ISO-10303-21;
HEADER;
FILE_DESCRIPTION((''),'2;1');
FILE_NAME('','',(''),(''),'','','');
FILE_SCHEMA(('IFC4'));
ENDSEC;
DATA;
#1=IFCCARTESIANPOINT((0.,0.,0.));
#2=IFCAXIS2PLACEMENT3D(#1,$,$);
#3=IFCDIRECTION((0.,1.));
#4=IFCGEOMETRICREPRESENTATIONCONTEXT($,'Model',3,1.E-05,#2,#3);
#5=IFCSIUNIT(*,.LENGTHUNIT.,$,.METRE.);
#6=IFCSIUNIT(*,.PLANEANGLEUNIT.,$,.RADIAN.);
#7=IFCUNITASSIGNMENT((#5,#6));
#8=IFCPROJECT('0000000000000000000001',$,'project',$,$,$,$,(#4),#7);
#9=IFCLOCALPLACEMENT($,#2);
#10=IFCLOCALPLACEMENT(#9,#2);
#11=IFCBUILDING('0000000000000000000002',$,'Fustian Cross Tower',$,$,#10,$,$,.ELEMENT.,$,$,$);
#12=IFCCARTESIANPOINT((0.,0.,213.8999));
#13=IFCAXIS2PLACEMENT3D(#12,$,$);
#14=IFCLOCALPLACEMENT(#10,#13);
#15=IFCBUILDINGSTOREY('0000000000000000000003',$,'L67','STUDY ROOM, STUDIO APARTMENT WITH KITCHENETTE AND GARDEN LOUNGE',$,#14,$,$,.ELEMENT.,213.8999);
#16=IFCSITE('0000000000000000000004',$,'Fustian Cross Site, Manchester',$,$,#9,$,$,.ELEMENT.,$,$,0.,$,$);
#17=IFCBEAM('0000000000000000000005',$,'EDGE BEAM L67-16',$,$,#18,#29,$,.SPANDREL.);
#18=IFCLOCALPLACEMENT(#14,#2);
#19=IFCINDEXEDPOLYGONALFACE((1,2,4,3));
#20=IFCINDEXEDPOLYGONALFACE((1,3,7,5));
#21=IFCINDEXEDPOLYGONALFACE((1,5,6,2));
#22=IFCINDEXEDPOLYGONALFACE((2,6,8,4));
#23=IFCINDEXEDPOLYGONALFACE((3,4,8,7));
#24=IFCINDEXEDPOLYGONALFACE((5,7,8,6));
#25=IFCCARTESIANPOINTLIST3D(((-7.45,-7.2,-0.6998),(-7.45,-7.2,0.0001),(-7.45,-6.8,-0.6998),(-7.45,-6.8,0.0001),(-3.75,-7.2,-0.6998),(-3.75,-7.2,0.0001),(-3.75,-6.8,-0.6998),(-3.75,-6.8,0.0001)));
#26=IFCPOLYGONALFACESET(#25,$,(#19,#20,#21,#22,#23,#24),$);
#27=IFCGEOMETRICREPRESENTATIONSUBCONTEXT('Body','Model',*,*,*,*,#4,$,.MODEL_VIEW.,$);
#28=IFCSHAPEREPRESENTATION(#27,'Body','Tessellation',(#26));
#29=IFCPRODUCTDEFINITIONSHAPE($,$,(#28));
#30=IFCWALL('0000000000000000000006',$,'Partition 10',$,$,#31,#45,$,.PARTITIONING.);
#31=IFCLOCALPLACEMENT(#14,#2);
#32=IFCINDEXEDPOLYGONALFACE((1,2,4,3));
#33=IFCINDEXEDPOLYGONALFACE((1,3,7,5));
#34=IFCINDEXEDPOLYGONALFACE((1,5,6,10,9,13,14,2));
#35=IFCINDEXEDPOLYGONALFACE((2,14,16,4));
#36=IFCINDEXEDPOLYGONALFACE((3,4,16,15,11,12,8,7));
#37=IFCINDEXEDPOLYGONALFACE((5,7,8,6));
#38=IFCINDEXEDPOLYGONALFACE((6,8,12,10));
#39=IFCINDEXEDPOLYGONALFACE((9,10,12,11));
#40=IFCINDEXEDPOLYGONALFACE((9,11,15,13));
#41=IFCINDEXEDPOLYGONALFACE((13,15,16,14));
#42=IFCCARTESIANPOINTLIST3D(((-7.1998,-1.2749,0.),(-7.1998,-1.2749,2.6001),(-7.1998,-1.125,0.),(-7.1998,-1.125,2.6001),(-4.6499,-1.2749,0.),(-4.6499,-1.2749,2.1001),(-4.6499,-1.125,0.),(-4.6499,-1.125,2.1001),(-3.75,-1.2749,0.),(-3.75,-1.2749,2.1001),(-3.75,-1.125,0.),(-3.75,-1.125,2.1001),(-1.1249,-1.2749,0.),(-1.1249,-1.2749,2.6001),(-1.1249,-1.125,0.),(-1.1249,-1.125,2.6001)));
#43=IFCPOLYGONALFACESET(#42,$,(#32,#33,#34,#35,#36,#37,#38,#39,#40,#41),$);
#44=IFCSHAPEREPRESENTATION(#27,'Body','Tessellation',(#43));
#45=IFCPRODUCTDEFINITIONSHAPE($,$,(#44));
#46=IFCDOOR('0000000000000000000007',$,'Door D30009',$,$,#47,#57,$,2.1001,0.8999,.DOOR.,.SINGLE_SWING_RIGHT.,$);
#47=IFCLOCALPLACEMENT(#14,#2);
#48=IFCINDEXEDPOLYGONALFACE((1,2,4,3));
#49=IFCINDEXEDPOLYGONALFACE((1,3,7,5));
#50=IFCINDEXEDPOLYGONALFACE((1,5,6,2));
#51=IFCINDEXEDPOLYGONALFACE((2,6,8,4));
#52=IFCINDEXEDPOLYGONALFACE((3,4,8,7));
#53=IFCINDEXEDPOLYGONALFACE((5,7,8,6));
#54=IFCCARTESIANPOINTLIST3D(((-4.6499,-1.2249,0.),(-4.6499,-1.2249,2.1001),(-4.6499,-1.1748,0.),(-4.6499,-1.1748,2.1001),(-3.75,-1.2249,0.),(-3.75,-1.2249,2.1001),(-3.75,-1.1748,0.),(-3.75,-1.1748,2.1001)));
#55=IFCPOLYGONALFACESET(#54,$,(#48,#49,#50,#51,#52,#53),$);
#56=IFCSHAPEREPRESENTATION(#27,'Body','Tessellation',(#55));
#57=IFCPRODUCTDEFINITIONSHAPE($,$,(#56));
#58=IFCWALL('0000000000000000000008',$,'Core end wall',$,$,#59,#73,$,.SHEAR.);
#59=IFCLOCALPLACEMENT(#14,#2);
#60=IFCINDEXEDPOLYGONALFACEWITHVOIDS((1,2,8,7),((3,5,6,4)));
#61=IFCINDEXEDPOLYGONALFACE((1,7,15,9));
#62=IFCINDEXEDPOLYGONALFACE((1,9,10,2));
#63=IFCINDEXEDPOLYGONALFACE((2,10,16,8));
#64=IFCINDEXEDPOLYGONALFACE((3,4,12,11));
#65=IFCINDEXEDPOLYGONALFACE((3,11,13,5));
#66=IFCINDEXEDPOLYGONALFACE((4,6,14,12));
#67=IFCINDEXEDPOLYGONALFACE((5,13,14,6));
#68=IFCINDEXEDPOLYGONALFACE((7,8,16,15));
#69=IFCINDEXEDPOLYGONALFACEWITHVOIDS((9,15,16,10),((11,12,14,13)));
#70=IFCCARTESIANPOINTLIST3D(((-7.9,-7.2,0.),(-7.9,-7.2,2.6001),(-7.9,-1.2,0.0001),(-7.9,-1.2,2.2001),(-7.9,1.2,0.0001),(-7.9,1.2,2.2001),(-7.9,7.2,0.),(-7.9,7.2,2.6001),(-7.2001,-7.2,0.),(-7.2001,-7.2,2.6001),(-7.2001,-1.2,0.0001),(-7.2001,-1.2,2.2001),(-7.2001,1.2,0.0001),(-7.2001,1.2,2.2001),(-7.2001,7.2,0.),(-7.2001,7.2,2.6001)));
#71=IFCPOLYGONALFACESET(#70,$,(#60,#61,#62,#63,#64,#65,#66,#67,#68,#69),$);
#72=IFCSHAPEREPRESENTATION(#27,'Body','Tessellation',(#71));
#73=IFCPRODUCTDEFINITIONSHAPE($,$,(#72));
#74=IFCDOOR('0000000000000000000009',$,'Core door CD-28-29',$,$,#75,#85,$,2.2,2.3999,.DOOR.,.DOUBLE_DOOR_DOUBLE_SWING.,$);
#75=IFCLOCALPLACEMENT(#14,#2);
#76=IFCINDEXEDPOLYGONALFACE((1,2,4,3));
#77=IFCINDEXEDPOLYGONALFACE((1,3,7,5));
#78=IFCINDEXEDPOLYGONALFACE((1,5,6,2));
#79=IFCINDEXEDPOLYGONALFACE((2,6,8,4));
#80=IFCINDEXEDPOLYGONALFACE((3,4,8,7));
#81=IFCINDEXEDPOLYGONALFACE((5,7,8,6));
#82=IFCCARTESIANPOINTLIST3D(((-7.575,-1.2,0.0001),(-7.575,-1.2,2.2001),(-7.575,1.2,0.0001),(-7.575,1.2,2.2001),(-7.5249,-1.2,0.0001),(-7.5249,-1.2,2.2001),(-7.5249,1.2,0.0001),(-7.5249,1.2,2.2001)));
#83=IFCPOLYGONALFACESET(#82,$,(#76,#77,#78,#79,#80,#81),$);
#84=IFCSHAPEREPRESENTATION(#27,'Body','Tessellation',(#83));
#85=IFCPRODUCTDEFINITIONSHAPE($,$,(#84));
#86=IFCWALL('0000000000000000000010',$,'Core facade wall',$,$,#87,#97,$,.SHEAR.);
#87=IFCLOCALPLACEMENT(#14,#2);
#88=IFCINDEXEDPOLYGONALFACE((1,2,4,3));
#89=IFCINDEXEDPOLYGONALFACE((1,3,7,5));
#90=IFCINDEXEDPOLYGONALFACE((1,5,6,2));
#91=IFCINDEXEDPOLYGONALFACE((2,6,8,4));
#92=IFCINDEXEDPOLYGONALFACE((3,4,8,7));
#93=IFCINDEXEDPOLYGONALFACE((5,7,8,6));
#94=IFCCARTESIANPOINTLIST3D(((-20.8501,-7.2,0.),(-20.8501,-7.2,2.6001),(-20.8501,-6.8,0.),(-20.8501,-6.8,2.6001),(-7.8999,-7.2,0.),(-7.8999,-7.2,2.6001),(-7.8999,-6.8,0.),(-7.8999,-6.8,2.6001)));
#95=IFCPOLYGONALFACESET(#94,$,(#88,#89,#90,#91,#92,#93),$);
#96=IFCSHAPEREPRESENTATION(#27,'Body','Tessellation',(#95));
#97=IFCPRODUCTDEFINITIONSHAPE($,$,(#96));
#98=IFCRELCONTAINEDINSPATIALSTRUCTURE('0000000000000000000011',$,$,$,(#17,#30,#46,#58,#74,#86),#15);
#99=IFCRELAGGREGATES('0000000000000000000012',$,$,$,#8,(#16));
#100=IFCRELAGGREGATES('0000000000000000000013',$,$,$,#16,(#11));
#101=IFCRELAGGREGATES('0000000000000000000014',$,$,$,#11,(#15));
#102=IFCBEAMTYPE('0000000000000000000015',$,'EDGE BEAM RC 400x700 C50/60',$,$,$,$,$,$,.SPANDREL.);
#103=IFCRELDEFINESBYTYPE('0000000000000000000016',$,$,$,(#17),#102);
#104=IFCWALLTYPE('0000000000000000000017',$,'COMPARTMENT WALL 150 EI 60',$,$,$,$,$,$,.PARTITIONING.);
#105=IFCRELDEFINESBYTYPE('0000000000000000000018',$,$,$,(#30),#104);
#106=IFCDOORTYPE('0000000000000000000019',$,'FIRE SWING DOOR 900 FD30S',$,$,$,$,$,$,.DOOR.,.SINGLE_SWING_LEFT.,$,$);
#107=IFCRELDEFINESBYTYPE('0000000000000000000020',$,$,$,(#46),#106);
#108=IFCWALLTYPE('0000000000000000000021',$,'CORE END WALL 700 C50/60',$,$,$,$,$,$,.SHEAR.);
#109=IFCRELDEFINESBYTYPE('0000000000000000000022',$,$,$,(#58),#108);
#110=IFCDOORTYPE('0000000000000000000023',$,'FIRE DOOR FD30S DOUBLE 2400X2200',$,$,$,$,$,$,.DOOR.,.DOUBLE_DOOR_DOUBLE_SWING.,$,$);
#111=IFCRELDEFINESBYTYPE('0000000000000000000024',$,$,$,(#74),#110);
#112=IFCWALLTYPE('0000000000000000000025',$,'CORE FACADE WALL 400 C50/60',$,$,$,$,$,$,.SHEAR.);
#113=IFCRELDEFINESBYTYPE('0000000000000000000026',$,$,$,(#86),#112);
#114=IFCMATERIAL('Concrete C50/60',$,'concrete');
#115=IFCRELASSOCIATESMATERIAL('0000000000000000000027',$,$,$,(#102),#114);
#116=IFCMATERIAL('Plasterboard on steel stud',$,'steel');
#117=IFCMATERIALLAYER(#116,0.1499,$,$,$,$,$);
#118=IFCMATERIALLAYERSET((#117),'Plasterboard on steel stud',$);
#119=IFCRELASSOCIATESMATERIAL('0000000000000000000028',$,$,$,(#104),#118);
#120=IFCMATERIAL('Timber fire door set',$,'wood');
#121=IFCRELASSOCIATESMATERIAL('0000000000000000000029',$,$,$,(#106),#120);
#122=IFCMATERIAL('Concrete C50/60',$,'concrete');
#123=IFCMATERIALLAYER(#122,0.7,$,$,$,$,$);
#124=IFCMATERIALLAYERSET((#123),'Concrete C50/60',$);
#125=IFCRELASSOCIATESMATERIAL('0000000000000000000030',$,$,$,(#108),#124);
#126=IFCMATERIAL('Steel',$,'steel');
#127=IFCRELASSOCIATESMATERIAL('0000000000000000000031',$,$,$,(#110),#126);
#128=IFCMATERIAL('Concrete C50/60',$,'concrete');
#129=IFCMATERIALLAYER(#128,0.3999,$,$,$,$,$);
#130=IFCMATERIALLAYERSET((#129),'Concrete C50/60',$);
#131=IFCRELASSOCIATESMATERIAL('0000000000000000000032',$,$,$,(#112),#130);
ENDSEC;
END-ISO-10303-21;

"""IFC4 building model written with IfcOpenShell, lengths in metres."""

from ifc_helpers import new_model, si_unit, direction, frame, frame_2d, origin, origin_2d, place, context, subcontext, project, spatial, rectangle, extrude, material, layer, layer_set, material_profile, profile_set, type_object, element, fill, save


model = new_model("IFC4")

# Units and contexts
model_context = context("Model", 3, precision=1e-05, world=origin(), true_north=direction((0.0, 1.0)))
body_context = subcontext(model_context, "Body", "Model", "MODEL_VIEW")
ifc_project = project(units=[si_unit("LENGTHUNIT", "METRE"), si_unit("PLANEANGLEUNIT", "RADIAN")], contexts=[model_context])

# Site, building, storey
site_placement = place(None, origin())
site = spatial("IfcSite", under=ifc_project, at=site_placement, Name="Fustian Cross Site, Manchester", CompositionType="ELEMENT", RefElevation=0.0)
building_placement = place(site_placement, origin())
building = spatial("IfcBuilding", under=site, at=building_placement, Name="Fustian Cross Tower", CompositionType="ELEMENT")
storey_placement = place(building_placement, frame((0.0, 0.0, 213.8999)))
storey = spatial("IfcBuildingStorey", under=building, at=storey_placement, Name="L67", Description="STUDY ROOM, STUDIO APARTMENT WITH KITCHENETTE AND GARDEN LOUNGE", CompositionType="ELEMENT", Elevation=213.8999)

# Beam
ifc_material_1 = material(Name="Concrete C50/60", Category="concrete")
ifc_material_profile = material_profile(ifc_material_1, rectangle(XDim=0.3999, YDim=0.7, at=origin_2d()), Name="RC 400x700")
ifc_profile_set = profile_set([ifc_material_profile], Name="Concrete C50/60")
beam_type = type_object("IfcBeamType", Name="EDGE BEAM RC 400x700 C50/60", PredefinedType="SPANDREL", material=ifc_profile_set)
beam_placement = place(storey_placement, frame((-7.45, -7.0, -0.3499), z_axis=(1.0, 0.0, 0.0), x_axis=(0.0, 1.0, 0.0)))
element("IfcBeam", 1, at=beam_placement, inside=storey, type_object=beam_type, Name="EDGE BEAM L67-16", PredefinedType="SPANDREL", context=body_context, shape_type="SweptSolid", body=[
    extrude(rectangle(XDim=0.3999, YDim=0.7, at=origin_2d()), origin(), (0.0, 0.0, 1.0), 3.7),
])

# Walls, openings, doors
ifc_material_2 = material(Name="Plasterboard on steel stud", Category="steel")
ifc_layer_1 = layer(ifc_material_2, 0.1499)
ifc_layer_set_1 = layer_set([ifc_layer_1], Name="Plasterboard on steel stud")
wall_type_1 = type_object("IfcWallType", Name="COMPARTMENT WALL 150 EI 60", PredefinedType="PARTITIONING", material=ifc_layer_set_1)
wall_1_placement = place(storey_placement, frame((-7.2, -1.2, 0.0), z_axis=(0.0, 0.0, 1.0), x_axis=(1.0, 0.0, 0.0)))
wall_1 = element("IfcWall", 2, at=wall_1_placement, inside=storey, type_object=wall_type_1, Name="Partition 10", PredefinedType="PARTITIONING", context=body_context, shape_type="SweptSolid", body=[
    extrude(rectangle(XDim=6.075, YDim=0.1499, at=frame_2d((3.0376, 0.0))), origin(), (0.0, 0.0, 1.0), 2.6001),
])
opening_1_placement = place(wall_1_placement, frame((2.55, 0.0, 0.0)))
opening_1 = element("IfcOpeningElement", 3, at=opening_1_placement, cuts=wall_1, PredefinedType="OPENING", context=body_context, shape_type="SweptSolid", body=[
    extrude(rectangle(XDim=0.8999, YDim=2.1001, at=frame_2d((0.45, 1.05))), frame((0.0, 0.085, 0.0), z_axis=(0.0, -1.0, 0.0), x_axis=(1.0, 0.0, 0.0)), (0.0, 0.0, 1.0), 0.1699),
])
ifc_material_3 = material(Name="Timber fire door set", Category="wood")
door_type_1 = type_object("IfcDoorType", Name="FIRE SWING DOOR 900 FD30S", OperationType="SINGLE_SWING_LEFT", PredefinedType="DOOR", material=ifc_material_3)
door_1_placement = place(opening_1_placement, frame((0.8999, 0.0, 0.0), z_axis=(0.0, 0.0, 1.0), x_axis=(-1.0, 0.0, 0.0)))
door_1 = element("IfcDoor", 4, at=door_1_placement, inside=storey, type_object=door_type_1, Name="Door D30009", OperationType="SINGLE_SWING_RIGHT", OverallHeight=2.1001, OverallWidth=0.8999, PredefinedType="DOOR", context=body_context, shape_type="SweptSolid", body=[
    extrude(rectangle(XDim=0.8999, YDim=2.1001, at=frame_2d((0.45, 1.05))), frame((0.0, 0.0249, 0.0), z_axis=(0.0, -1.0, 0.0), x_axis=(1.0, 0.0, 0.0)), (0.0, 0.0, 1.0), 0.05),
])
fill(opening_1, door_1)
ifc_material_4 = material(Name="Concrete C50/60", Category="concrete")
ifc_layer_2 = layer(ifc_material_4, 0.7)
ifc_layer_set_2 = layer_set([ifc_layer_2], Name="Concrete C50/60")
wall_type_2 = type_object("IfcWallType", Name="CORE END WALL 700 C50/60", PredefinedType="SHEAR", material=ifc_layer_set_2)
wall_2_placement = place(storey_placement, frame((-7.55, -7.2, 0.0), z_axis=(0.0, 0.0, 1.0), x_axis=(0.0, 1.0, 0.0)))
wall_2 = element("IfcWall", 5, at=wall_2_placement, inside=storey, type_object=wall_type_2, Name="Core end wall", PredefinedType="SHEAR", context=body_context, shape_type="SweptSolid", body=[
    extrude(rectangle(XDim=14.3999, YDim=0.7, at=frame_2d((7.2, 0.0))), origin(), (0.0, 0.0, 1.0), 2.6001),
])
opening_2_placement = place(wall_2_placement, frame((6.0, 0.0, 0.0)))
opening_2 = element("IfcOpeningElement", 6, at=opening_2_placement, cuts=wall_2, PredefinedType="OPENING", context=body_context, shape_type="SweptSolid", body=[
    extrude(rectangle(XDim=2.3999, YDim=2.2, at=frame_2d((1.2, 1.1001))), frame((0.0, 0.3599, 0.0), z_axis=(0.0, -1.0, 0.0), x_axis=(1.0, 0.0, 0.0)), (0.0, 0.0, 1.0), 0.72),
])
ifc_material_5 = material(Name="Steel", Category="steel")
door_type_2 = type_object("IfcDoorType", Name="FIRE DOOR FD30S DOUBLE 2400X2200", OperationType="DOUBLE_DOOR_DOUBLE_SWING", PredefinedType="DOOR", material=ifc_material_5)
door_2_placement = place(opening_2_placement, origin())
door_2 = element("IfcDoor", 7, at=door_2_placement, inside=storey, type_object=door_type_2, Name="Core door CD-28-29", OperationType="DOUBLE_DOOR_DOUBLE_SWING", OverallHeight=2.2, OverallWidth=2.3999, PredefinedType="DOOR", context=body_context, shape_type="SweptSolid", body=[
    extrude(rectangle(XDim=2.3999, YDim=2.2, at=frame_2d((1.2, 1.1001))), frame((0.0, 0.0249, 0.0), z_axis=(0.0, -1.0, 0.0), x_axis=(1.0, 0.0, 0.0)), (0.0, 0.0, 1.0), 0.05),
])
fill(opening_2, door_2)

# Wall
ifc_material_6 = material(Name="Concrete C50/60", Category="concrete")
ifc_layer_3 = layer(ifc_material_6, 0.3999)
ifc_layer_set_3 = layer_set([ifc_layer_3], Name="Concrete C50/60")
wall_type_3 = type_object("IfcWallType", Name="CORE FACADE WALL 400 C50/60", PredefinedType="SHEAR", material=ifc_layer_set_3)
wall_3_placement = place(storey_placement, frame((-7.8999, -7.0, 0.0), z_axis=(0.0, 0.0, 1.0), x_axis=(-1.0, 0.0, 0.0)))
element("IfcWall", 8, at=wall_3_placement, inside=storey, type_object=wall_type_3, Name="Core facade wall", PredefinedType="SHEAR", context=body_context, shape_type="SweptSolid", body=[
    extrude(rectangle(XDim=12.9502, YDim=0.3999, at=frame_2d((6.4751, 0.0))), origin(), (0.0, 0.0, 1.0), 2.6001),
])

save(model, "model.ifc")
